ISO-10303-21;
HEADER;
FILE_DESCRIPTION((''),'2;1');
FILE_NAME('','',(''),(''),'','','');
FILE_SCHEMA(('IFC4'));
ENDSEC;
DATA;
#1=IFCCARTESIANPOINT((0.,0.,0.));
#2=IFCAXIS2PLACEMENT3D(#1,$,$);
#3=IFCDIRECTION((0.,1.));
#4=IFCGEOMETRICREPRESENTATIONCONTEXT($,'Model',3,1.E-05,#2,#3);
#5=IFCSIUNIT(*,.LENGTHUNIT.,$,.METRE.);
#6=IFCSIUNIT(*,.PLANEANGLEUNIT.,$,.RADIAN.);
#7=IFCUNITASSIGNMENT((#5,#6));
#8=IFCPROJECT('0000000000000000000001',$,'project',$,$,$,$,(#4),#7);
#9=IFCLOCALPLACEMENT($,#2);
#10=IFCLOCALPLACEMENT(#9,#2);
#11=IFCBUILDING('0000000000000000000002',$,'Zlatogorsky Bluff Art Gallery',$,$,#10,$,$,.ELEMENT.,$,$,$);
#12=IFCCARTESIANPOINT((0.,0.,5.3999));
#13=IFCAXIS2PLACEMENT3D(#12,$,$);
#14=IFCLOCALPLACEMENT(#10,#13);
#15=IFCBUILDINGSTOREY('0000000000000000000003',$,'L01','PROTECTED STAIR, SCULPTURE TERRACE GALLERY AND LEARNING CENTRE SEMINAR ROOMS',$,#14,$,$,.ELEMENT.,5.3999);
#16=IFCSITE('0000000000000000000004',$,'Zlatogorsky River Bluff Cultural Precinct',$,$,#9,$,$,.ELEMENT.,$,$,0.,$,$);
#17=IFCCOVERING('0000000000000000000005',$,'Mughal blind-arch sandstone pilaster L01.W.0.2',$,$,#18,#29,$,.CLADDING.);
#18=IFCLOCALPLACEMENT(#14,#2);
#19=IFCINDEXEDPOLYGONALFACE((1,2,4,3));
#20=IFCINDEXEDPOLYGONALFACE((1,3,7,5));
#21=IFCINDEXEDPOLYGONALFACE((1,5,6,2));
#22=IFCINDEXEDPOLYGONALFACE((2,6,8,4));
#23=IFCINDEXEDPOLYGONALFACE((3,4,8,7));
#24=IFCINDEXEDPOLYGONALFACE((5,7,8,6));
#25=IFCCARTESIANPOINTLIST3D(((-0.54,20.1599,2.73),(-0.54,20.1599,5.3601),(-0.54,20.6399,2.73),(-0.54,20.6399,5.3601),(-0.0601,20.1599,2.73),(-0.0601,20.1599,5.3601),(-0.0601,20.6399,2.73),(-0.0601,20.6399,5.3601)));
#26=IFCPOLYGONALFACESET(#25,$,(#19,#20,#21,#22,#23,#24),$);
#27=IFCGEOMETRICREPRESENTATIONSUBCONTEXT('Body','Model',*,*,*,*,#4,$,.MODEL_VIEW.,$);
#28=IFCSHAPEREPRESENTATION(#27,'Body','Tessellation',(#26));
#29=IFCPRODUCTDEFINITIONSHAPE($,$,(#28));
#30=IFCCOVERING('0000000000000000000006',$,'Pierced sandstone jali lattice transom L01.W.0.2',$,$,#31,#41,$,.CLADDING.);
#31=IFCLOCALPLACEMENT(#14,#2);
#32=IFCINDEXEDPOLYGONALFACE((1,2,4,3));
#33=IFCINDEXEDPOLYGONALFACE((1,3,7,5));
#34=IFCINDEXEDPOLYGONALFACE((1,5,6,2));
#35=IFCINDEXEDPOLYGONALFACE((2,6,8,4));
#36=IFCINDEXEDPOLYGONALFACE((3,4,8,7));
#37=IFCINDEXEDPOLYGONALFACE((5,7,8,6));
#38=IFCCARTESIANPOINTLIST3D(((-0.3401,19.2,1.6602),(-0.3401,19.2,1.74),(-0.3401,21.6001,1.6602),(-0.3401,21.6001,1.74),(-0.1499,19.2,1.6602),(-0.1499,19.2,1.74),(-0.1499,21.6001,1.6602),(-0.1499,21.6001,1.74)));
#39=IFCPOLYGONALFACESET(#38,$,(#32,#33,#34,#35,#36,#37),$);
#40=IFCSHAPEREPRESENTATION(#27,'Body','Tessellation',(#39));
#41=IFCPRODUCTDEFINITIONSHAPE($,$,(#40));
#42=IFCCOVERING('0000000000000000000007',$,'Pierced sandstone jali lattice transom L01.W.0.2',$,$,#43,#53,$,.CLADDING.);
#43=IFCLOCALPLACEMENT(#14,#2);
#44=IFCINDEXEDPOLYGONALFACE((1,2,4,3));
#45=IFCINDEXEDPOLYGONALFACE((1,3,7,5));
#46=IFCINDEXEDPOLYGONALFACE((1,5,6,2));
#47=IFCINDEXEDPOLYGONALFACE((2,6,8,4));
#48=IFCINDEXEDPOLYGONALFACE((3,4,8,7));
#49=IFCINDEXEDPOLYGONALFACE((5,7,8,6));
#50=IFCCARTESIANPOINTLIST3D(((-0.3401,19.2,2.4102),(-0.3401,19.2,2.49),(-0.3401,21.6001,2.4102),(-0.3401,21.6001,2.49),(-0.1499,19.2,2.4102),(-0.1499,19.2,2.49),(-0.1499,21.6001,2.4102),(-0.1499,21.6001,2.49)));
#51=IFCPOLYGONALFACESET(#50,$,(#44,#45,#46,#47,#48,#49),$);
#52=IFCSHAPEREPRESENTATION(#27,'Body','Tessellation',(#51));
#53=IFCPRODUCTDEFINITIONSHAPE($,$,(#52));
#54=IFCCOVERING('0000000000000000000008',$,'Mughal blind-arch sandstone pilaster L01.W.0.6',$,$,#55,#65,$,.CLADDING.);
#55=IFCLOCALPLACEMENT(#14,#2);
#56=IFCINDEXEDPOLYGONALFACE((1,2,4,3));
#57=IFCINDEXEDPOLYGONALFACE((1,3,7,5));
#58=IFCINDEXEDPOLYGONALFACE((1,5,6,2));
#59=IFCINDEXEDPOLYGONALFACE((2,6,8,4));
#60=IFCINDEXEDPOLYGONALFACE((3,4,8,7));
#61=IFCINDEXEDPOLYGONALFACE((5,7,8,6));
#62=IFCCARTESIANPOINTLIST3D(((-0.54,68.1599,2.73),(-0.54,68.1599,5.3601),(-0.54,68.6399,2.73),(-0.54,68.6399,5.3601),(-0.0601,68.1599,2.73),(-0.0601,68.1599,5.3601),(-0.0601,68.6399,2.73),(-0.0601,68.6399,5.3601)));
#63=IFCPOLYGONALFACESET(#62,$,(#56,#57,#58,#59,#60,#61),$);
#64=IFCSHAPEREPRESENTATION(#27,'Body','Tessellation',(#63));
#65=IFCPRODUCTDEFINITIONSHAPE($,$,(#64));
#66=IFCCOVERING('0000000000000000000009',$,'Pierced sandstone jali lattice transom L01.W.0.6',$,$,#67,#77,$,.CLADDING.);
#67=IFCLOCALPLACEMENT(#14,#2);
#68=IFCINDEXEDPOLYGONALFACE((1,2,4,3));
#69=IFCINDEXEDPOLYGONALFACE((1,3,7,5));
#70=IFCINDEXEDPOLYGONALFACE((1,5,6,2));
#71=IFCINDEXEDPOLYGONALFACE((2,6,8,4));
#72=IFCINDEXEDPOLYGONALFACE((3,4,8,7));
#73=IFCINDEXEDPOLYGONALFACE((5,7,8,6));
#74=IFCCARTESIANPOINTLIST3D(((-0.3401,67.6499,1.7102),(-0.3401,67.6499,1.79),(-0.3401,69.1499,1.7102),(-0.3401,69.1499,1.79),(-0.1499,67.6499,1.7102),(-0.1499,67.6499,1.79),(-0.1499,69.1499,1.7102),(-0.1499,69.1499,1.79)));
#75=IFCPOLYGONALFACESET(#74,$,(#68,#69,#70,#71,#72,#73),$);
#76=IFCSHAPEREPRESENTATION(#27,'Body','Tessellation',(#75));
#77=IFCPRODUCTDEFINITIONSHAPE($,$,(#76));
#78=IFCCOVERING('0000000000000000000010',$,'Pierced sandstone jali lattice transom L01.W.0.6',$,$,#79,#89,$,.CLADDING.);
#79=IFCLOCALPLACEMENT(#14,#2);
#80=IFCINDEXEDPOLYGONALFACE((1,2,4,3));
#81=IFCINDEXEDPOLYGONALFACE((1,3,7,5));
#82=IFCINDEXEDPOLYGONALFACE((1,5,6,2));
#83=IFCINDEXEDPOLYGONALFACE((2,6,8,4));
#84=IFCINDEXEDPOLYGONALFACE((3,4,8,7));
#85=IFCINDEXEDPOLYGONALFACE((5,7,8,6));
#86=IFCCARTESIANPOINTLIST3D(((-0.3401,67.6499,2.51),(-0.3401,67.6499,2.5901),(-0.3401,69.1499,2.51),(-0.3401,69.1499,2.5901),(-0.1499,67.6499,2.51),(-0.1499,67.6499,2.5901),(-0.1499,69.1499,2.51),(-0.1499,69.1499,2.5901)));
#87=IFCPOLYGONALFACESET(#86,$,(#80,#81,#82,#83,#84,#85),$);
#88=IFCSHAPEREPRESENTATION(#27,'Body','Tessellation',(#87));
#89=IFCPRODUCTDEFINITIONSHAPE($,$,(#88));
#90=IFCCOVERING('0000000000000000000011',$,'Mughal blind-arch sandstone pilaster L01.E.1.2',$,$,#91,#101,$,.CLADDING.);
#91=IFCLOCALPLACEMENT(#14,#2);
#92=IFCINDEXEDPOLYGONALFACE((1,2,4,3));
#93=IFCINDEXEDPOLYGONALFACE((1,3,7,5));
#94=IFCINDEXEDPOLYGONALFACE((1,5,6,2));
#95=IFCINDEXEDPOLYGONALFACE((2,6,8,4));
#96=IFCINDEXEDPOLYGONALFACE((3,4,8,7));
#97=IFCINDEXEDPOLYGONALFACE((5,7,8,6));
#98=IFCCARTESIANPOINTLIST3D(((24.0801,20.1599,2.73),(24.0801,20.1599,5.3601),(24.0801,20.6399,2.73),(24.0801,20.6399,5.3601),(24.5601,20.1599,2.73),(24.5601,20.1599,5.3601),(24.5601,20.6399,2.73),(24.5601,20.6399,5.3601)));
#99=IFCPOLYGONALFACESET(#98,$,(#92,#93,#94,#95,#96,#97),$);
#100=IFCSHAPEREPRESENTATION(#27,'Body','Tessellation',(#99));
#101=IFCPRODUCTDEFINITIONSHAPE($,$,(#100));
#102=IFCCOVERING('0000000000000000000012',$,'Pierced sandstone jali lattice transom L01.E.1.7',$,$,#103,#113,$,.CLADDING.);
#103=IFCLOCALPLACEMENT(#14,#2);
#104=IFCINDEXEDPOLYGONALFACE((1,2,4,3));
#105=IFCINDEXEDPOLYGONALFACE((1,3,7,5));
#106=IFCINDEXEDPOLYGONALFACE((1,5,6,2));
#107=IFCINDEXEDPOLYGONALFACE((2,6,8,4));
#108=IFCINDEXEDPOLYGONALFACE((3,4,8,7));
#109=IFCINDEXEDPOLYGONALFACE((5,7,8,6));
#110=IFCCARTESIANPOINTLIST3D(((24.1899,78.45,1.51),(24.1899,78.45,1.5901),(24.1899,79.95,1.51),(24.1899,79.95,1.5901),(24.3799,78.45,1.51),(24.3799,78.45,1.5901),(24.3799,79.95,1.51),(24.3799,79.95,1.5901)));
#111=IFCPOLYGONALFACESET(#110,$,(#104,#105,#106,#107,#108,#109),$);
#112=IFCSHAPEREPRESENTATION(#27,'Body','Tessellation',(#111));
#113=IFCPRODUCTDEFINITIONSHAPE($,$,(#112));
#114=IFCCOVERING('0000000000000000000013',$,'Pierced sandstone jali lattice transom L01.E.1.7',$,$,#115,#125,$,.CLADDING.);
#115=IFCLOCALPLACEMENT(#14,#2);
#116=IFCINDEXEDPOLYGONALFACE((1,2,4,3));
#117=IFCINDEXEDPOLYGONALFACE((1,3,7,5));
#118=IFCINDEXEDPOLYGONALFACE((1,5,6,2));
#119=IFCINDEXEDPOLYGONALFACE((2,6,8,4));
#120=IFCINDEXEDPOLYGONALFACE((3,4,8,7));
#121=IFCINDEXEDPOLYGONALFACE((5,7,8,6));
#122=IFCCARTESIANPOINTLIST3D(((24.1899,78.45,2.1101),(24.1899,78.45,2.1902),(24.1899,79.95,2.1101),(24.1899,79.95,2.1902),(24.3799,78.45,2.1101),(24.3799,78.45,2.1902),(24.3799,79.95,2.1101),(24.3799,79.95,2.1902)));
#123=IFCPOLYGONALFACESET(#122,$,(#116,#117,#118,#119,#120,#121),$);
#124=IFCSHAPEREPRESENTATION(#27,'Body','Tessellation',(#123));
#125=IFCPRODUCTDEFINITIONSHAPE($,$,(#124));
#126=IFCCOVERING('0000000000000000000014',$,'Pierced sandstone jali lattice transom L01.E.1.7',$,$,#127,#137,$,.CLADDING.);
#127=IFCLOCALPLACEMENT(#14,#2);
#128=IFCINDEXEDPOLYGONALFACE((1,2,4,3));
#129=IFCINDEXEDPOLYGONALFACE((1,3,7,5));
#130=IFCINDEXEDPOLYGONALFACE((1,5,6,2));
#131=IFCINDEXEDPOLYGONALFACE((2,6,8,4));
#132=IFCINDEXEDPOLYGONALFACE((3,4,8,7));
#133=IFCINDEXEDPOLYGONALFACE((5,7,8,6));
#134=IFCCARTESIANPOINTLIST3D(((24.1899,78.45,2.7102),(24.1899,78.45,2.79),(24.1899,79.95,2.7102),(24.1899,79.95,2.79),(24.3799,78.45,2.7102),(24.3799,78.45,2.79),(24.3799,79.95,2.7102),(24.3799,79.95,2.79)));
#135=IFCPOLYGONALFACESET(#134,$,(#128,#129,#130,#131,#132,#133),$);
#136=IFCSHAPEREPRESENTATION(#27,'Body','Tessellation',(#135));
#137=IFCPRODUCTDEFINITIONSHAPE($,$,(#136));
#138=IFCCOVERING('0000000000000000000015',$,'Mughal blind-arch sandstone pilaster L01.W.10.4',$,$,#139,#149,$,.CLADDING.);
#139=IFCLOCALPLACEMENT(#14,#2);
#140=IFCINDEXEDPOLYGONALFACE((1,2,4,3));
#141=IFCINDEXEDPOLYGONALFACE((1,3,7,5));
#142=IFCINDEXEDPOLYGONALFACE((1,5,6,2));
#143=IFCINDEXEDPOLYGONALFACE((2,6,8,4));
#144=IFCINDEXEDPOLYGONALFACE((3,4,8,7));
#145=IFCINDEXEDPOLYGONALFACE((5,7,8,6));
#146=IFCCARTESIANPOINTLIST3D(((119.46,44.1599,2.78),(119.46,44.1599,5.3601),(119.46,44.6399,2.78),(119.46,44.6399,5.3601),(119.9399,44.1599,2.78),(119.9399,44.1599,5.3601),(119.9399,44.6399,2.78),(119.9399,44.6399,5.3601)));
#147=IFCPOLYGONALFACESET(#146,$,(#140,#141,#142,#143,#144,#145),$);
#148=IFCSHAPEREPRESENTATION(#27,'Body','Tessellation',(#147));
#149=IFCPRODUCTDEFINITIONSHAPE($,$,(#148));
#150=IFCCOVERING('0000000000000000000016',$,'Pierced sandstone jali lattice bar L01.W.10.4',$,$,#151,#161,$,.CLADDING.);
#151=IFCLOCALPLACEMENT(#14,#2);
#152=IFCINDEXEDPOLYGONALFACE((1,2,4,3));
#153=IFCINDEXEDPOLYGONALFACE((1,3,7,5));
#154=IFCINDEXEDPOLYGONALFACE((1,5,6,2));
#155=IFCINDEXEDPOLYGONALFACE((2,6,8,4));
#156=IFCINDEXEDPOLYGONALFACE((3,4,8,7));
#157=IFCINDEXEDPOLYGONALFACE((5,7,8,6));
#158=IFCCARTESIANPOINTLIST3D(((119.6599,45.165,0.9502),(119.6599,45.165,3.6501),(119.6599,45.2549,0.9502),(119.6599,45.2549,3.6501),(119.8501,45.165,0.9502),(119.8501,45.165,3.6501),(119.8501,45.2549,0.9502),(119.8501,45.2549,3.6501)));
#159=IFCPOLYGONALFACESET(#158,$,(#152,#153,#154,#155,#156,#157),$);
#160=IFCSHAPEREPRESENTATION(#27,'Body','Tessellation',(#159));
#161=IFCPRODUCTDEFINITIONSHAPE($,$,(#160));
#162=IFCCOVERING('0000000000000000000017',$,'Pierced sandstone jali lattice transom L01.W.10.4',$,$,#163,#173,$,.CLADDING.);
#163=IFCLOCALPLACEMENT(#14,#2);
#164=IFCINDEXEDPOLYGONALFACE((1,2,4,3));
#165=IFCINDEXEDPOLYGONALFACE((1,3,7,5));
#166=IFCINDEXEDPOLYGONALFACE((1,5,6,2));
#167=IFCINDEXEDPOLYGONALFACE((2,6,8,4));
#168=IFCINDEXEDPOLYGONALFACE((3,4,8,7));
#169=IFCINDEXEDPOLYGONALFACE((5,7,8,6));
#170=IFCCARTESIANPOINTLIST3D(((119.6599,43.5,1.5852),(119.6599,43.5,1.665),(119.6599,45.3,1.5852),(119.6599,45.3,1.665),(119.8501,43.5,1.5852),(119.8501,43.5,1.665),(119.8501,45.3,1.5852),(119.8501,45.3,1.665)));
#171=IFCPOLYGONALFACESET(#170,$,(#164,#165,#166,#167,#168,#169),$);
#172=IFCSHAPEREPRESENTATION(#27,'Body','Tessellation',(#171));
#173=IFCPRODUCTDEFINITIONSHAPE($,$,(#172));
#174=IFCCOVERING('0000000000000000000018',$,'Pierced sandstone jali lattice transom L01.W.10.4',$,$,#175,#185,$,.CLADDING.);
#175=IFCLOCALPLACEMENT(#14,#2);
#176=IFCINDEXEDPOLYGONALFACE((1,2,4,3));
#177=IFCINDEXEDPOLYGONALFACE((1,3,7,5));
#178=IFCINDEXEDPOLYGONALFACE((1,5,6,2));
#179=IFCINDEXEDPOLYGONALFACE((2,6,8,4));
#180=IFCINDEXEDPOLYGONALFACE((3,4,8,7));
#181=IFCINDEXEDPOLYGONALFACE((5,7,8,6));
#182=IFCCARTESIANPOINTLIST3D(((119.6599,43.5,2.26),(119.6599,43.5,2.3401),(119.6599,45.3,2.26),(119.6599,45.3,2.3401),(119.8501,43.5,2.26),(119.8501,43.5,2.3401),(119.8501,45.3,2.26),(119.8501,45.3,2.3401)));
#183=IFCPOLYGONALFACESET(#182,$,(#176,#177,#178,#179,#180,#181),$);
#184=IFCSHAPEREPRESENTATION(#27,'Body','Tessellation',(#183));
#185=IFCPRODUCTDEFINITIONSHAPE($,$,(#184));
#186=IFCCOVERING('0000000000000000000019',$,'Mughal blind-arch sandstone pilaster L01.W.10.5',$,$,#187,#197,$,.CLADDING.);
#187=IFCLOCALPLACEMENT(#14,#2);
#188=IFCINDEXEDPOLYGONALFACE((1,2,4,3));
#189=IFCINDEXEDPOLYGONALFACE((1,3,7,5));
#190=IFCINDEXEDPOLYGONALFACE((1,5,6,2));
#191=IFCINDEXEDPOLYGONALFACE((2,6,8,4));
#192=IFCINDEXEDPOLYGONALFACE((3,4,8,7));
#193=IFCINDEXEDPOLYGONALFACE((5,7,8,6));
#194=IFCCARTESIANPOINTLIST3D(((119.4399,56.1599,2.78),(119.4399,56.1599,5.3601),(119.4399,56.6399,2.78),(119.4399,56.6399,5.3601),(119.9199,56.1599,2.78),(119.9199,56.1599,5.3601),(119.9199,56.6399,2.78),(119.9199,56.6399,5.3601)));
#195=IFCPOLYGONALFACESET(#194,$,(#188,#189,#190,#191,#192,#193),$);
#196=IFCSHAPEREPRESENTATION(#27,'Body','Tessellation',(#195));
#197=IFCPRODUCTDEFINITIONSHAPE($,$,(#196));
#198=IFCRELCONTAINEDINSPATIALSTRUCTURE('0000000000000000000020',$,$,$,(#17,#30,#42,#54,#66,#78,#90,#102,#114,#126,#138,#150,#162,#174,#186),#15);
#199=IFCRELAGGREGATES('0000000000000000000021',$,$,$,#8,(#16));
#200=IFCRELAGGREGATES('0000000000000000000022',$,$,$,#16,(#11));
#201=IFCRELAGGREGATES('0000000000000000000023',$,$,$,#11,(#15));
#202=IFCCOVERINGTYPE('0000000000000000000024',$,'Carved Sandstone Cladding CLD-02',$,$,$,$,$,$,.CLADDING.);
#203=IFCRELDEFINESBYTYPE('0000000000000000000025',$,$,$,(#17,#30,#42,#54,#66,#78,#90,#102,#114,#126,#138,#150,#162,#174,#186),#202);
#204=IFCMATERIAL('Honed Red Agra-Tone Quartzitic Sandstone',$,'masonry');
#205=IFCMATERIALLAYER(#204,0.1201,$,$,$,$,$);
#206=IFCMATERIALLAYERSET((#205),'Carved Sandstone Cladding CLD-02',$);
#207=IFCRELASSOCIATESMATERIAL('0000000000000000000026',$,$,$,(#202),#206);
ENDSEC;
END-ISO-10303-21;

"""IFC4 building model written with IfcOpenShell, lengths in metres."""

from ifc_helpers import new_model, si_unit, direction, frame, origin, place, context, subcontext, project, spatial, polyline, outline, extrude, material, layer, layer_set, type_object, element, save


model = new_model("IFC4")

# Units and contexts
model_context = context("Model", 3, precision=1e-05, world=origin(), true_north=direction((0.0, 1.0)))
body_context = subcontext(model_context, "Body", "Model", "MODEL_VIEW")
ifc_project = project(units=[si_unit("LENGTHUNIT", "METRE"), si_unit("PLANEANGLEUNIT", "RADIAN")], contexts=[model_context])

# Site, building, storey
site_placement = place(None, origin())
site = spatial("IfcSite", under=ifc_project, at=site_placement, Name="Zlatogorsky River Bluff Cultural Precinct", CompositionType="ELEMENT", RefElevation=0.0)
building_placement = place(site_placement, origin())
building = spatial("IfcBuilding", under=site, at=building_placement, Name="Zlatogorsky Bluff Art Gallery", CompositionType="ELEMENT")
storey_placement = place(building_placement, frame((0.0, 0.0, 5.3999)))
storey = spatial("IfcBuildingStorey", under=building, at=storey_placement, Name="L01", Description="PROTECTED STAIR, SCULPTURE TERRACE GALLERY AND LEARNING CENTRE SEMINAR ROOMS", CompositionType="ELEMENT", Elevation=5.3999)

# Coverings
ifc_material = material(Name="Honed Red Agra-Tone Quartzitic Sandstone", Category="masonry")
ifc_layer = layer(ifc_material, 0.1201)
ifc_layer_set = layer_set([ifc_layer], Name="Carved Sandstone Cladding CLD-02")
covering_type = type_object("IfcCoveringType", Name="Carved Sandstone Cladding CLD-02", PredefinedType="CLADDING", material=ifc_layer_set)
covering_1_placement = place(storey_placement, frame((0.0, 0.0, 2.73)))
element("IfcCovering", 1, at=covering_1_placement, inside=storey, type_object=covering_type, Name="Mughal blind-arch sandstone pilaster L01.W.0.2", PredefinedType="CLADDING", context=body_context, shape_type="SweptSolid", body=[
    extrude(outline(polyline([(-0.54, 20.1599), (-0.0601, 20.1599), (-0.0601, 20.6399), (-0.54, 20.6399), (-0.54, 20.1599)])), origin(), (0.0, 0.0, 1.0), 2.6301),
])
for number, where, name in (
    (2, (0.0, 0.0, 1.6602), "Pierced sandstone jali lattice transom L01.W.0.2"),
    (3, (0.0, 0.0, 2.4102), "Pierced sandstone jali lattice transom L01.W.0.2"),
):
    element("IfcCovering", number, at=place(storey_placement, frame(where)), inside=storey, type_object=covering_type, Name=name, PredefinedType="CLADDING", context=body_context, shape_type="SweptSolid", body=[
        extrude(outline(polyline([(-0.3401, 19.2), (-0.3401, 21.6001), (-0.1499, 21.6001), (-0.1499, 19.2), (-0.3401, 19.2)])), origin(), (0.0, 0.0, 1.0), 0.0798),
    ])
covering_2_placement = place(storey_placement, frame((0.0, 0.0, 2.73)))
element("IfcCovering", 4, at=covering_2_placement, inside=storey, type_object=covering_type, Name="Mughal blind-arch sandstone pilaster L01.W.0.6", PredefinedType="CLADDING", context=body_context, shape_type="SweptSolid", body=[
    extrude(outline(polyline([(-0.54, 68.1599), (-0.0601, 68.1599), (-0.0601, 68.6399), (-0.54, 68.6399), (-0.54, 68.1599)])), origin(), (0.0, 0.0, 1.0), 2.6301),
])
covering_3_placement = place(storey_placement, frame((0.0, 0.0, 1.7102)))
element("IfcCovering", 5, at=covering_3_placement, inside=storey, type_object=covering_type, Name="Pierced sandstone jali lattice transom L01.W.0.6", PredefinedType="CLADDING", context=body_context, shape_type="SweptSolid", body=[
    extrude(outline(polyline([(-0.3401, 67.6499), (-0.3401, 69.1499), (-0.1499, 69.1499), (-0.1499, 67.6499), (-0.3401, 67.6499)])), origin(), (0.0, 0.0, 1.0), 0.0798),
])
covering_4_placement = place(storey_placement, frame((0.0, 0.0, 2.51)))
element("IfcCovering", 6, at=covering_4_placement, inside=storey, type_object=covering_type, Name="Pierced sandstone jali lattice transom L01.W.0.6", PredefinedType="CLADDING", context=body_context, shape_type="SweptSolid", body=[
    extrude(outline(polyline([(-0.3401, 67.6499), (-0.3401, 69.1499), (-0.1499, 69.1499), (-0.1499, 67.6499), (-0.3401, 67.6499)])), origin(), (0.0, 0.0, 1.0), 0.0801),
])
covering_5_placement = place(storey_placement, frame((0.0, 0.0, 2.73)))
element("IfcCovering", 7, at=covering_5_placement, inside=storey, type_object=covering_type, Name="Mughal blind-arch sandstone pilaster L01.E.1.2", PredefinedType="CLADDING", context=body_context, shape_type="SweptSolid", body=[
    extrude(outline(polyline([(24.0801, 20.1599), (24.5601, 20.1599), (24.5601, 20.6399), (24.0801, 20.6399), (24.0801, 20.1599)])), origin(), (0.0, 0.0, 1.0), 2.6301),
])
for number, where, name in (
    (8, (0.0, 0.0, 1.51), "Pierced sandstone jali lattice transom L01.E.1.7"),
    (9, (0.0, 0.0, 2.1101), "Pierced sandstone jali lattice transom L01.E.1.7"),
):
    element("IfcCovering", number, at=place(storey_placement, frame(where)), inside=storey, type_object=covering_type, Name=name, PredefinedType="CLADDING", context=body_context, shape_type="SweptSolid", body=[
        extrude(outline(polyline([(24.1899, 78.45), (24.1899, 79.95), (24.3799, 79.95), (24.3799, 78.45), (24.1899, 78.45)])), origin(), (0.0, 0.0, 1.0), 0.0801),
    ])
covering_6_placement = place(storey_placement, frame((0.0, 0.0, 2.7102)))
element("IfcCovering", 10, at=covering_6_placement, inside=storey, type_object=covering_type, Name="Pierced sandstone jali lattice transom L01.E.1.7", PredefinedType="CLADDING", context=body_context, shape_type="SweptSolid", body=[
    extrude(outline(polyline([(24.1899, 78.45), (24.1899, 79.95), (24.3799, 79.95), (24.3799, 78.45), (24.1899, 78.45)])), origin(), (0.0, 0.0, 1.0), 0.0798),
])
covering_7_placement = place(storey_placement, frame((0.0, 0.0, 2.78)))
element("IfcCovering", 11, at=covering_7_placement, inside=storey, type_object=covering_type, Name="Mughal blind-arch sandstone pilaster L01.W.10.4", PredefinedType="CLADDING", context=body_context, shape_type="SweptSolid", body=[
    extrude(outline(polyline([(119.46, 44.1599), (119.9399, 44.1599), (119.9399, 44.6399), (119.46, 44.6399), (119.46, 44.1599)])), origin(), (0.0, 0.0, 1.0), 2.5801),
])
covering_8_placement = place(storey_placement, frame((0.0, 0.0, 0.9502)))
element("IfcCovering", 12, at=covering_8_placement, inside=storey, type_object=covering_type, Name="Pierced sandstone jali lattice bar L01.W.10.4", PredefinedType="CLADDING", context=body_context, shape_type="SweptSolid", body=[
    extrude(outline(polyline([(119.6599, 45.165), (119.6599, 45.2549), (119.8501, 45.2549), (119.8501, 45.165), (119.6599, 45.165)])), origin(), (0.0, 0.0, 1.0), 2.7),
])
covering_9_placement = place(storey_placement, frame((0.0, 0.0, 1.5852)))
element("IfcCovering", 13, at=covering_9_placement, inside=storey, type_object=covering_type, Name="Pierced sandstone jali lattice transom L01.W.10.4", PredefinedType="CLADDING", context=body_context, shape_type="SweptSolid", body=[
    extrude(outline(polyline([(119.6599, 43.5), (119.6599, 45.3), (119.8501, 45.3), (119.8501, 43.5), (119.6599, 43.5)])), origin(), (0.0, 0.0, 1.0), 0.0798),
])
covering_10_placement = place(storey_placement, frame((0.0, 0.0, 2.26)))
element("IfcCovering", 14, at=covering_10_placement, inside=storey, type_object=covering_type, Name="Pierced sandstone jali lattice transom L01.W.10.4", PredefinedType="CLADDING", context=body_context, shape_type="SweptSolid", body=[
    extrude(outline(polyline([(119.6599, 43.5), (119.6599, 45.3), (119.8501, 45.3), (119.8501, 43.5), (119.6599, 43.5)])), origin(), (0.0, 0.0, 1.0), 0.0801),
])
covering_11_placement = place(storey_placement, frame((0.0, 0.0, 2.78)))
element("IfcCovering", 15, at=covering_11_placement, inside=storey, type_object=covering_type, Name="Mughal blind-arch sandstone pilaster L01.W.10.5", PredefinedType="CLADDING", context=body_context, shape_type="SweptSolid", body=[
    extrude(outline(polyline([(119.4399, 56.1599), (119.9199, 56.1599), (119.9199, 56.6399), (119.4399, 56.6399), (119.4399, 56.1599)])), origin(), (0.0, 0.0, 1.0), 2.5801),
])

save(model, "model.ifc")
